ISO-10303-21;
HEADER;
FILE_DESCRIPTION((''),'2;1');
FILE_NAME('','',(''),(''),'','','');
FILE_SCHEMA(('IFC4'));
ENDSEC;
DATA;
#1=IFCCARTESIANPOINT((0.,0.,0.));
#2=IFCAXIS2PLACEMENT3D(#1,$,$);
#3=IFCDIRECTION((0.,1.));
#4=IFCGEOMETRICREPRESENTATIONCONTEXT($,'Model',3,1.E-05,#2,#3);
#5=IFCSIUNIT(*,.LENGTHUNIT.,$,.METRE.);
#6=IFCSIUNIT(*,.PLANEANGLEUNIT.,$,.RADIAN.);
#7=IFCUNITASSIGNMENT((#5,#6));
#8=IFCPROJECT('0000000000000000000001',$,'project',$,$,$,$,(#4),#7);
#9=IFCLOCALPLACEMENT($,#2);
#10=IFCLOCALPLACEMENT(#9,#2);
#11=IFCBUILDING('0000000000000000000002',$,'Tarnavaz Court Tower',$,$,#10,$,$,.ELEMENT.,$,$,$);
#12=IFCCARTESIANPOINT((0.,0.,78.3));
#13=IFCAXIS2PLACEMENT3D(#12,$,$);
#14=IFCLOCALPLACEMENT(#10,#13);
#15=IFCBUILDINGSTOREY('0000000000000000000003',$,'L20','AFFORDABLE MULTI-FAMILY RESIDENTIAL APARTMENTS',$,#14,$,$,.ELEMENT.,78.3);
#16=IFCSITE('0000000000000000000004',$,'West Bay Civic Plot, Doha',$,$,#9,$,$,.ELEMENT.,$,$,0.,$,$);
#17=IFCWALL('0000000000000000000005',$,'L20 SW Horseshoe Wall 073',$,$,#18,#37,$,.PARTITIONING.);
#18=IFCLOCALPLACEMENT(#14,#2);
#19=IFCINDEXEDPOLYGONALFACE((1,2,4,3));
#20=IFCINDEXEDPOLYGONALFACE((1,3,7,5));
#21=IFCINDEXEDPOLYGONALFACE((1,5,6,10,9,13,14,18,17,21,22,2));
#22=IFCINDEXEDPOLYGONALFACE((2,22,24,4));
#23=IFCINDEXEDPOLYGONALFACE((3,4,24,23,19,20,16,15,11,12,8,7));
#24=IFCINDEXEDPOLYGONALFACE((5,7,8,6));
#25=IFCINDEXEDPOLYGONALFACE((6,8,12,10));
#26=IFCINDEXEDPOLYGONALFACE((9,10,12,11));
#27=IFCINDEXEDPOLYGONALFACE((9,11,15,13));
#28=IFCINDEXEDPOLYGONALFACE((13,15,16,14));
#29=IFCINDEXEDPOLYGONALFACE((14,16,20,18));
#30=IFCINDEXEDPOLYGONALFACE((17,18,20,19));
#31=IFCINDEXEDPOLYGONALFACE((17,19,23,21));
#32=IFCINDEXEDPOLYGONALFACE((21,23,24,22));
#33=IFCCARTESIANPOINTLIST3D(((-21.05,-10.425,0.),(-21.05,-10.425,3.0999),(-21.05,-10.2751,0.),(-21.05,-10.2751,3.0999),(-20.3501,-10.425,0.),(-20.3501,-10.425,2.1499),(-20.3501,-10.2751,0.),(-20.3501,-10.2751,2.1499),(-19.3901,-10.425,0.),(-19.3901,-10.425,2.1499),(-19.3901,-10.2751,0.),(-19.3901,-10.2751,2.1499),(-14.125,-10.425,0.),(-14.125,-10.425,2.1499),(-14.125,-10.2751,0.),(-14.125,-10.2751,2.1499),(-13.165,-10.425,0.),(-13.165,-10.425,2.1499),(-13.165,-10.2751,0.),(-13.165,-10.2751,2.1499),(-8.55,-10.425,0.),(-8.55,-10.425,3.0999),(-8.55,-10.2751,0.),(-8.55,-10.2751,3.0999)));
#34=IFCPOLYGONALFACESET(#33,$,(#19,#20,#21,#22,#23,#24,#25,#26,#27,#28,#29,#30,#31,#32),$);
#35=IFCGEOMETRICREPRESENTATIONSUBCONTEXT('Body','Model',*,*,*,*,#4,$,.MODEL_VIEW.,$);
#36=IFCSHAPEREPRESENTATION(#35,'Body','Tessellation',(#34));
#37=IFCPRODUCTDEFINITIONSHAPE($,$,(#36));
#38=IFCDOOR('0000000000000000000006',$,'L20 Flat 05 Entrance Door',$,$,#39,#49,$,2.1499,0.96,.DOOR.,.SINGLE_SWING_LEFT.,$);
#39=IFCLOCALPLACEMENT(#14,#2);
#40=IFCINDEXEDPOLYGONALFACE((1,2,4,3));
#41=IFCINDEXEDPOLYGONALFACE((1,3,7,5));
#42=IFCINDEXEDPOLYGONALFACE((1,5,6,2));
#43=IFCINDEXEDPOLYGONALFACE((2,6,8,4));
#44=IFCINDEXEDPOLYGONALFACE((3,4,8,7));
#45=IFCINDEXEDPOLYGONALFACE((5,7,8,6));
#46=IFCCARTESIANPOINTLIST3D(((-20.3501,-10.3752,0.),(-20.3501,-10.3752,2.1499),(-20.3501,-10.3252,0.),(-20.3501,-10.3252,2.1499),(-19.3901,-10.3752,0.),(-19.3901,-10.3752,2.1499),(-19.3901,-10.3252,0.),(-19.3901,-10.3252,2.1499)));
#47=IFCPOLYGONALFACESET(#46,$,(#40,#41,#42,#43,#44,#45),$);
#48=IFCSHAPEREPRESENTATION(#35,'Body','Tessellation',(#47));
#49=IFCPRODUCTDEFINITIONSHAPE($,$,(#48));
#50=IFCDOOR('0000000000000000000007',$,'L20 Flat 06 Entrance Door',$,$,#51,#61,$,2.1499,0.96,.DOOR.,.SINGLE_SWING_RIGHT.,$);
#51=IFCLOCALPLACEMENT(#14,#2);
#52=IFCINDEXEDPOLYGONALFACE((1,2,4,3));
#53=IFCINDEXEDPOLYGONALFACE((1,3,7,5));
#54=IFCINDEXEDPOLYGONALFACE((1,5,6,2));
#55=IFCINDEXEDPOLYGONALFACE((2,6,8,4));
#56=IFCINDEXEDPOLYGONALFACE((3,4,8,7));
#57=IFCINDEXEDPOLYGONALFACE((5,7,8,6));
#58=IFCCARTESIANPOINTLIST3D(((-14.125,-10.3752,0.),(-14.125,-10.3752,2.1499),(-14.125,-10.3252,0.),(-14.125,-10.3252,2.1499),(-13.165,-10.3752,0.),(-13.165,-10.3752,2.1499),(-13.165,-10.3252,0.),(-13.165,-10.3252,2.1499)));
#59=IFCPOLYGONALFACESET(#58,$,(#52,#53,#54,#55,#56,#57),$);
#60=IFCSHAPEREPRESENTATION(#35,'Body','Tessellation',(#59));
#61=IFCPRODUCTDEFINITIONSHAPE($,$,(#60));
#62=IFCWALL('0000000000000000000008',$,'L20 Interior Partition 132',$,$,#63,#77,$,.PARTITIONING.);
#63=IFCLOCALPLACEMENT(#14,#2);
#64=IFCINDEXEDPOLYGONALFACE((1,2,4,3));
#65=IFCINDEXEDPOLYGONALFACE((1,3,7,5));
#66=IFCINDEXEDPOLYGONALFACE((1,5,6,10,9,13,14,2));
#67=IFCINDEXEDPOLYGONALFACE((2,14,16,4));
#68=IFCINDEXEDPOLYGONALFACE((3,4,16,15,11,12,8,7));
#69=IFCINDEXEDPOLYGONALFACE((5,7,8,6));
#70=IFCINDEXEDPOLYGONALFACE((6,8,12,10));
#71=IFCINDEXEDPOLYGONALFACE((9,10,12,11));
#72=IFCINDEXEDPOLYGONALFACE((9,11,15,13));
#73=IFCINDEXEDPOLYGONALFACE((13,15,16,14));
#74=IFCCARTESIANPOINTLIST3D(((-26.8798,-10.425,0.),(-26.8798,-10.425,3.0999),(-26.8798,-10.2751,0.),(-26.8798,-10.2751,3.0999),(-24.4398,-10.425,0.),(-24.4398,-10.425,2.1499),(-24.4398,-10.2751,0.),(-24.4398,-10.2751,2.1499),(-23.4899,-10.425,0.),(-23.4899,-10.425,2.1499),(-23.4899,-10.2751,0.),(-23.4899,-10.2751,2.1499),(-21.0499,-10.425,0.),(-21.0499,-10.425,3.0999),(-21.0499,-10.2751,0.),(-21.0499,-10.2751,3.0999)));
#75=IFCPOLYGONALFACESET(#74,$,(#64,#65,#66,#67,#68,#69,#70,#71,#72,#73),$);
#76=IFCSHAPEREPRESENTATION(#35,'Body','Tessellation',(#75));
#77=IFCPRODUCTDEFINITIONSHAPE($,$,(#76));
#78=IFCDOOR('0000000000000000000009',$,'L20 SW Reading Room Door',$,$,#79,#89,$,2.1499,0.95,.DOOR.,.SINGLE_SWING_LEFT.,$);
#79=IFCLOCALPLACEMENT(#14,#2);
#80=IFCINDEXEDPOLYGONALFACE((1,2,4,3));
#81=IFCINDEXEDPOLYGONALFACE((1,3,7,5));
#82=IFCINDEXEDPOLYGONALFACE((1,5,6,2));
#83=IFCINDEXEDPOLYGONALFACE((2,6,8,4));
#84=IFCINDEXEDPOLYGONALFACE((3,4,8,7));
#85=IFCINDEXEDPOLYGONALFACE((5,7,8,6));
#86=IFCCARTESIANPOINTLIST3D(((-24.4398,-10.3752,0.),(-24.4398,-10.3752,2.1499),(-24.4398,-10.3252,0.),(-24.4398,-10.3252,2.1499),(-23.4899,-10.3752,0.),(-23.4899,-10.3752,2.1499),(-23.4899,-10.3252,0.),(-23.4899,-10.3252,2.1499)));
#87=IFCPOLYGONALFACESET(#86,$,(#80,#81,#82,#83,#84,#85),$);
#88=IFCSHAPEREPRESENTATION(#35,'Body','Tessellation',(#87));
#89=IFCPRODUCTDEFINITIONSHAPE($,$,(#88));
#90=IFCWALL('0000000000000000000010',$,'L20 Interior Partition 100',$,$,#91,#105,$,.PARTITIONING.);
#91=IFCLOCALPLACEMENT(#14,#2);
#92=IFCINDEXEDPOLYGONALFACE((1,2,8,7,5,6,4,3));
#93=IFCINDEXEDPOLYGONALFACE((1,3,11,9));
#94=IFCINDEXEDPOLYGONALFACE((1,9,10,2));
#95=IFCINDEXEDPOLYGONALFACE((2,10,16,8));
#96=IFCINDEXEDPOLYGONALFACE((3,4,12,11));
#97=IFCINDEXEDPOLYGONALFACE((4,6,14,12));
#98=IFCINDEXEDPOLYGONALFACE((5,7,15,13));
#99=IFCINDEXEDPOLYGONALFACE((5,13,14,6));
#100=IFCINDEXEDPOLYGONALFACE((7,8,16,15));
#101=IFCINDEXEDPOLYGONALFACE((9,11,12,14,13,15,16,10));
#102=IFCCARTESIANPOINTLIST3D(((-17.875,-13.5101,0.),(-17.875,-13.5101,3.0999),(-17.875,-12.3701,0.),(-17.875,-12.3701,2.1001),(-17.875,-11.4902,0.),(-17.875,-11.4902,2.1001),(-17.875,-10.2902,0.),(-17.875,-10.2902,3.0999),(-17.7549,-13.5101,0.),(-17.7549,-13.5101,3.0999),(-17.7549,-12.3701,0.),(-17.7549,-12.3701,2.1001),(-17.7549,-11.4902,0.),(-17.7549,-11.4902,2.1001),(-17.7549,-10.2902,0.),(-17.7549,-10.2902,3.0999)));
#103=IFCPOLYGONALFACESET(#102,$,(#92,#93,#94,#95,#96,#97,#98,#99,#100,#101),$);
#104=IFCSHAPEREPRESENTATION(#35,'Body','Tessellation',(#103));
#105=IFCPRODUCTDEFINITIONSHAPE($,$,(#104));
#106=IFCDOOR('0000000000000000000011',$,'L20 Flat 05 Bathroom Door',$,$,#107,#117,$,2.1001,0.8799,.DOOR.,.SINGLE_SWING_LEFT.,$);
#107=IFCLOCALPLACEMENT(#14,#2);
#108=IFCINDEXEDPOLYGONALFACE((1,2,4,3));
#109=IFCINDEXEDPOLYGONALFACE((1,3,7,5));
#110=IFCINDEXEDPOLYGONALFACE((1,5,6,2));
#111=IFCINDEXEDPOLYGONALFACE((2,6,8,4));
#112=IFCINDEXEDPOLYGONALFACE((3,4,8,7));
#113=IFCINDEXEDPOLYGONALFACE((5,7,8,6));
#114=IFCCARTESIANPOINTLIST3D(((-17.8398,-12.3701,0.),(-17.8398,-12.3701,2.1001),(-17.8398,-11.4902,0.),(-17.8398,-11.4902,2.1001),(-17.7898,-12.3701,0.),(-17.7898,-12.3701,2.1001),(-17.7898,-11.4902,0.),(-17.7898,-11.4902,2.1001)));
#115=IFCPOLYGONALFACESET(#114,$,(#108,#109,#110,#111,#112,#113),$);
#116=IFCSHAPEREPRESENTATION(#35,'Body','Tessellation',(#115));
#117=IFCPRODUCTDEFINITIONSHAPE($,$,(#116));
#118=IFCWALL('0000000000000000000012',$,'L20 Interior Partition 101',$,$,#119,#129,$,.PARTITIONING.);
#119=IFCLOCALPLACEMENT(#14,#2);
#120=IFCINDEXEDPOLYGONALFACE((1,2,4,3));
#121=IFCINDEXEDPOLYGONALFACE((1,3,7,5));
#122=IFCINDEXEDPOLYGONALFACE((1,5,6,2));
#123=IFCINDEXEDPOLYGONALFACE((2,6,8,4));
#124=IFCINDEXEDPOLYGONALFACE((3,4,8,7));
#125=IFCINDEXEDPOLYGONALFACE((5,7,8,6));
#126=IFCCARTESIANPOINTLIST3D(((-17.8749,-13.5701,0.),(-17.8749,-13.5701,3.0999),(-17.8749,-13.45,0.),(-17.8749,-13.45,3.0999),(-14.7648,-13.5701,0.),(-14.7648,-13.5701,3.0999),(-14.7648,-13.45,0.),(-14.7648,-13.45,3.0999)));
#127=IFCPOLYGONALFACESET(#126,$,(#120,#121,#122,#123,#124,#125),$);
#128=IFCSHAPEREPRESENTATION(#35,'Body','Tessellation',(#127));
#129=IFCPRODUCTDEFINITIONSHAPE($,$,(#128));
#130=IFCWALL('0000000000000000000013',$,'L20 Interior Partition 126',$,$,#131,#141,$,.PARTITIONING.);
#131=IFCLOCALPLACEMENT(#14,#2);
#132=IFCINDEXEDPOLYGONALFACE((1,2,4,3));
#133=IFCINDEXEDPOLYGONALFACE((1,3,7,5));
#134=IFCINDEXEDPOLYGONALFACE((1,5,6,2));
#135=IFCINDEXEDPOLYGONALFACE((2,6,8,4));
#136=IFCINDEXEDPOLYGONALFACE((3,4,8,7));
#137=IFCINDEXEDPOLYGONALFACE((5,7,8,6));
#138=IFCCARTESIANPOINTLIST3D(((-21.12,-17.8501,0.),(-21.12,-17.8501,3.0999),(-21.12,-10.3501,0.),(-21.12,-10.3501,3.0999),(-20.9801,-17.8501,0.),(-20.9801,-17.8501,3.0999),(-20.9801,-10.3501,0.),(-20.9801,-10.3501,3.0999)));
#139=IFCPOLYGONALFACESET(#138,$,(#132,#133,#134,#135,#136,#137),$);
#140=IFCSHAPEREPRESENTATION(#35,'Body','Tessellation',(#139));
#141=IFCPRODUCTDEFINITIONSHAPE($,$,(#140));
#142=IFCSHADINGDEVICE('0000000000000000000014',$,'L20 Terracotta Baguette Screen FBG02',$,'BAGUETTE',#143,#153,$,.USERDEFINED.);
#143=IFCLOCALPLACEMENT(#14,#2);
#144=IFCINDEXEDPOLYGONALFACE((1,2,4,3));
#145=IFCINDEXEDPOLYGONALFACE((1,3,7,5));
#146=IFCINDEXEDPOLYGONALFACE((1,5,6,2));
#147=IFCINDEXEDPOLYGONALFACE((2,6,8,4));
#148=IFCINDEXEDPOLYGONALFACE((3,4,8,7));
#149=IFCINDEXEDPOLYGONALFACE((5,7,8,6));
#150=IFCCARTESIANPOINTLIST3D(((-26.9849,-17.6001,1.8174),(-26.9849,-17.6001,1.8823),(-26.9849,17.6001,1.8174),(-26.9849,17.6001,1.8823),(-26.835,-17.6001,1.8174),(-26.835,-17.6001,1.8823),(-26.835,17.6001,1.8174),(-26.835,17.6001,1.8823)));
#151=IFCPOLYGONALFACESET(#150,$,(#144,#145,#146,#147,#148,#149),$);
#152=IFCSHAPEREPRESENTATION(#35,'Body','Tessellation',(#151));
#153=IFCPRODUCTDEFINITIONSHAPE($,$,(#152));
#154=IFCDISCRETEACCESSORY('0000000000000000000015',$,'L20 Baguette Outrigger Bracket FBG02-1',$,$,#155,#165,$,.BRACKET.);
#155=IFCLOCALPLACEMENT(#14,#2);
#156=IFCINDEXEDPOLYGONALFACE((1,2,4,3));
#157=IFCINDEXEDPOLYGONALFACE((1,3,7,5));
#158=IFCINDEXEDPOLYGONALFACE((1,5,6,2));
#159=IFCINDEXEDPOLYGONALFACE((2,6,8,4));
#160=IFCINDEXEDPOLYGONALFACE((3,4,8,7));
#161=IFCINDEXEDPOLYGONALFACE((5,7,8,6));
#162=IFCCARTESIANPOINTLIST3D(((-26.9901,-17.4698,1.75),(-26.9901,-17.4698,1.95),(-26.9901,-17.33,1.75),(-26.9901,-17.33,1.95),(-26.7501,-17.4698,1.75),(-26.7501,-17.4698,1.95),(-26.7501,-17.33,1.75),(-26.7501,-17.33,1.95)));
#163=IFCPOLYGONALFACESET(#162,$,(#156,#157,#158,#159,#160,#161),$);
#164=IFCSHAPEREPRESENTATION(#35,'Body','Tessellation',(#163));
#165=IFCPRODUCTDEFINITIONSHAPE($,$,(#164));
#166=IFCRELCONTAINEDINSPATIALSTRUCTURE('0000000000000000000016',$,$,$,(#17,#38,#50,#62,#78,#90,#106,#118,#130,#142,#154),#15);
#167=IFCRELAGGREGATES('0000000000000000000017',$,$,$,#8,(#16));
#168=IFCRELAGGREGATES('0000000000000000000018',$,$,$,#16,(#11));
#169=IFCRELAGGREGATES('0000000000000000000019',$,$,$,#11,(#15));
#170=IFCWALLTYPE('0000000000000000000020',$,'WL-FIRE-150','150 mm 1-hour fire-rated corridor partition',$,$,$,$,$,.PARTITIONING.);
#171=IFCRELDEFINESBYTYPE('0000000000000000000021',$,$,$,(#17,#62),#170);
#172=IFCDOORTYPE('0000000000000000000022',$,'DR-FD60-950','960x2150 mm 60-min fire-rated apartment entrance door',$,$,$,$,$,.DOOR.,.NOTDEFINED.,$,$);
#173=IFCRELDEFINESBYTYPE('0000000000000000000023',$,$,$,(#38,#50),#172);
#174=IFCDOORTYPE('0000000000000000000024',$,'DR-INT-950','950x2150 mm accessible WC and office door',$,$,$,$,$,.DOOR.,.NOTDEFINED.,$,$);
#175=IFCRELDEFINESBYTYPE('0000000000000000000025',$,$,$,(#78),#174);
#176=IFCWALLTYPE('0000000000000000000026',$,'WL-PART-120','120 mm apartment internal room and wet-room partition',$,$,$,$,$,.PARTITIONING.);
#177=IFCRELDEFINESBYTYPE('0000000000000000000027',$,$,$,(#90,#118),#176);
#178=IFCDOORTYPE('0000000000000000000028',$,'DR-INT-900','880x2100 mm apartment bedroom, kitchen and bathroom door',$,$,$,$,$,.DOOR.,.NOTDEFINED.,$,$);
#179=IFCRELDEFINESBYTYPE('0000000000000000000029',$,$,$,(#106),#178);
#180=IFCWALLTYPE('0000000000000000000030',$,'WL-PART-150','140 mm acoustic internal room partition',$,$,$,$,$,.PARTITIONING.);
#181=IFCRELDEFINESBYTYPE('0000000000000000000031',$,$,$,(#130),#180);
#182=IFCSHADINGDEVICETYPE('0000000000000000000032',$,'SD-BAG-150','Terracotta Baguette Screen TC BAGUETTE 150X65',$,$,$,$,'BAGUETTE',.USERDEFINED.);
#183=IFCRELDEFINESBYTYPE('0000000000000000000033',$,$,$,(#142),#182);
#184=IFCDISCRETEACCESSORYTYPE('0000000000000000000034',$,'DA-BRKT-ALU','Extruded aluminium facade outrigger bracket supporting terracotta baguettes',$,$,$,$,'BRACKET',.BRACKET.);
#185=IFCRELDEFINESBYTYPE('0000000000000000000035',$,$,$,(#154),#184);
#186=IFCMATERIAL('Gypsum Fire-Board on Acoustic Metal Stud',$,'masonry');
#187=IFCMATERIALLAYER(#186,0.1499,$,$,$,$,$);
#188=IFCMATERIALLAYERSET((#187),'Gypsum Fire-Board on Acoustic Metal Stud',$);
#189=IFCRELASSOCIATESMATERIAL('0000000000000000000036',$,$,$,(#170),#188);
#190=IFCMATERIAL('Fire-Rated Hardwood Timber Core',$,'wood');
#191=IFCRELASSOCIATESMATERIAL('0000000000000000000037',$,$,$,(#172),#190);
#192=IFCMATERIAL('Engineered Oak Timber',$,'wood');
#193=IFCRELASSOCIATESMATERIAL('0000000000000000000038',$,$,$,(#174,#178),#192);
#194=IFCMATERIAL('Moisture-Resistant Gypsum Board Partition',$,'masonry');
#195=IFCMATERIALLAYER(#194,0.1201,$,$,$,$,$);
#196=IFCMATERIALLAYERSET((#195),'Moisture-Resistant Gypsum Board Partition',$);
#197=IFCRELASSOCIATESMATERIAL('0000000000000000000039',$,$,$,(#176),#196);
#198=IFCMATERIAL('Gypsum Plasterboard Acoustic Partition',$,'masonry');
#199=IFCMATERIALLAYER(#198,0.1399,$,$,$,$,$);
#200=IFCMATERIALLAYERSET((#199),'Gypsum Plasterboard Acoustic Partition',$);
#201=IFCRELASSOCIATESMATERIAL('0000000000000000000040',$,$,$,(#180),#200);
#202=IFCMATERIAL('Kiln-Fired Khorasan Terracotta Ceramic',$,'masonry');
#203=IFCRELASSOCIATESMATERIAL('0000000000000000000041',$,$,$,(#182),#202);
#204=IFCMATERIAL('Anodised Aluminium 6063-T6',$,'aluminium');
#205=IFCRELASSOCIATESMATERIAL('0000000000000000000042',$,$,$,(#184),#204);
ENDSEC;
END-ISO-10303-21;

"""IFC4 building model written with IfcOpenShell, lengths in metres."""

from ifc_helpers import new_model, si_unit, direction, frame, frame_2d, origin, origin_2d, place, context, subcontext, project, spatial, rectangle, extrude, material, layer, layer_set, material_profile, profile_set, type_object, element, fill, save


model = new_model("IFC4")

# Units and contexts
model_context = context("Model", 3, precision=1e-05, world=origin(), true_north=direction((0.0, 1.0)))
body_context = subcontext(model_context, "Body", "Model", "MODEL_VIEW")
ifc_project = project(units=[si_unit("LENGTHUNIT", "METRE"), si_unit("PLANEANGLEUNIT", "RADIAN")], contexts=[model_context])

# Site, building, storey
site_placement = place(None, origin())
site = spatial("IfcSite", under=ifc_project, at=site_placement, Name="West Bay Civic Plot, Doha", CompositionType="ELEMENT", RefElevation=0.0)
building_placement = place(site_placement, origin())
building = spatial("IfcBuilding", under=site, at=building_placement, Name="Tarnavaz Court Tower", CompositionType="ELEMENT")
storey_placement = place(building_placement, frame((0.0, 0.0, 78.3)))
storey = spatial("IfcBuildingStorey", under=building, at=storey_placement, Name="L20", Description="AFFORDABLE MULTI-FAMILY RESIDENTIAL APARTMENTS", CompositionType="ELEMENT", Elevation=78.3)

# Wall, openings, doors
ifc_material_1 = material(Name="Gypsum Fire-Board on Acoustic Metal Stud", Category="masonry")
ifc_layer_1 = layer(ifc_material_1, 0.1499)
ifc_layer_set_1 = layer_set([ifc_layer_1], Name="Gypsum Fire-Board on Acoustic Metal Stud")
wall_type_1 = type_object("IfcWallType", Name="WL-FIRE-150", Description="150 mm 1-hour fire-rated corridor partition", PredefinedType="PARTITIONING", material=ifc_layer_set_1)
wall_1_placement = place(storey_placement, frame((-21.05, -10.3501, 0.0), z_axis=(0.0, 0.0, 1.0), x_axis=(1.0, 0.0, 0.0)))
wall_1 = element("IfcWall", 1, at=wall_1_placement, inside=storey, type_object=wall_type_1, Name="L20 SW Horseshoe Wall 073", PredefinedType="PARTITIONING", context=body_context, shape_type="SweptSolid", body=[
    extrude(rectangle(XDim=12.5, YDim=0.1499, at=frame_2d((6.25, 0.0))), origin(), (0.0, 0.0, 1.0), 3.0999),
])
opening_1_placement = place(wall_1_placement, frame((0.7, 0.0, 0.0)))
opening_1 = element("IfcOpeningElement", 2, at=opening_1_placement, cuts=wall_1, PredefinedType="OPENING", context=body_context, shape_type="SweptSolid", body=[
    extrude(rectangle(XDim=0.96, YDim=2.1499, at=frame_2d((0.48, 1.075))), frame((0.0, 0.085, 0.0), z_axis=(0.0, -1.0, 0.0), x_axis=(1.0, 0.0, 0.0)), (0.0, 0.0, 1.0), 0.1699),
])
opening_2_placement = place(wall_1_placement, frame((6.925, 0.0, 0.0)))
opening_2 = element("IfcOpeningElement", 3, at=opening_2_placement, cuts=wall_1, PredefinedType="OPENING", context=body_context, shape_type="SweptSolid", body=[
    extrude(rectangle(XDim=0.96, YDim=2.1499, at=frame_2d((0.48, 1.075))), frame((0.0, 0.085, 0.0), z_axis=(0.0, -1.0, 0.0), x_axis=(1.0, 0.0, 0.0)), (0.0, 0.0, 1.0), 0.1699),
])
ifc_material_2 = material(Name="Fire-Rated Hardwood Timber Core", Category="wood")
door_type_1 = type_object("IfcDoorType", Name="DR-FD60-950", Description="960x2150 mm 60-min fire-rated apartment entrance door", OperationType="NOTDEFINED", PredefinedType="DOOR", material=ifc_material_2)
door_1_placement = place(opening_1_placement, origin())
door_1 = element("IfcDoor", 4, at=door_1_placement, inside=storey, type_object=door_type_1, Name="L20 Flat 05 Entrance Door", OperationType="SINGLE_SWING_LEFT", OverallHeight=2.1499, OverallWidth=0.96, PredefinedType="DOOR", context=body_context, shape_type="SweptSolid", body=[
    extrude(rectangle(XDim=0.96, YDim=2.1499, at=frame_2d((0.48, 1.075))), frame((0.0, 0.0249, 0.0), z_axis=(0.0, -1.0, 0.0), x_axis=(1.0, 0.0, 0.0)), (0.0, 0.0, 1.0), 0.05),
])
fill(opening_1, door_1)
door_2_placement = place(opening_2_placement, origin())
door_2 = element("IfcDoor", 5, at=door_2_placement, inside=storey, type_object=door_type_1, Name="L20 Flat 06 Entrance Door", OperationType="SINGLE_SWING_RIGHT", OverallHeight=2.1499, OverallWidth=0.96, PredefinedType="DOOR", context=body_context, shape_type="SweptSolid", body=[
    extrude(rectangle(XDim=0.96, YDim=2.1499, at=frame_2d((0.48, 1.075))), frame((0.0, 0.0249, 0.0), z_axis=(0.0, -1.0, 0.0), x_axis=(1.0, 0.0, 0.0)), (0.0, 0.0, 1.0), 0.05),
])
fill(opening_2, door_2)

# Walls, openings, doors
wall_2_placement = place(storey_placement, frame((-26.8799, -10.3501, 0.0), z_axis=(0.0, 0.0, 1.0), x_axis=(1.0, 0.0, 0.0)))
wall_2 = element("IfcWall", 6, at=wall_2_placement, inside=storey, type_object=wall_type_1, Name="L20 Interior Partition 132", PredefinedType="PARTITIONING", context=body_context, shape_type="SweptSolid", body=[
    extrude(rectangle(XDim=5.8298, YDim=0.1499, at=frame_2d((2.915, 0.0))), origin(), (0.0, 0.0, 1.0), 3.0999),
])
opening_3_placement = place(wall_2_placement, frame((2.4399, 0.0, 0.0)))
opening_3 = element("IfcOpeningElement", 7, at=opening_3_placement, cuts=wall_2, PredefinedType="OPENING", context=body_context, shape_type="SweptSolid", body=[
    extrude(rectangle(XDim=0.95, YDim=2.1499, at=frame_2d((0.4751, 1.075))), frame((0.0, 0.085, 0.0), z_axis=(0.0, -1.0, 0.0), x_axis=(1.0, 0.0, 0.0)), (0.0, 0.0, 1.0), 0.1699),
])
ifc_material_3 = material(Name="Engineered Oak Timber", Category="wood")
door_type_2 = type_object("IfcDoorType", Name="DR-INT-950", Description="950x2150 mm accessible WC and office door", OperationType="NOTDEFINED", PredefinedType="DOOR", material=ifc_material_3)
door_3_placement = place(opening_3_placement, origin())
door_3 = element("IfcDoor", 8, at=door_3_placement, inside=storey, type_object=door_type_2, Name="L20 SW Reading Room Door", OperationType="SINGLE_SWING_LEFT", OverallHeight=2.1499, OverallWidth=0.95, PredefinedType="DOOR", context=body_context, shape_type="SweptSolid", body=[
    extrude(rectangle(XDim=0.95, YDim=2.1499, at=frame_2d((0.4751, 1.075))), frame((0.0, 0.0249, 0.0), z_axis=(0.0, -1.0, 0.0), x_axis=(1.0, 0.0, 0.0)), (0.0, 0.0, 1.0), 0.05),
])
fill(opening_3, door_3)
ifc_material_4 = material(Name="Moisture-Resistant Gypsum Board Partition", Category="masonry")
ifc_layer_2 = layer(ifc_material_4, 0.1201)
ifc_layer_set_2 = layer_set([ifc_layer_2], Name="Moisture-Resistant Gypsum Board Partition")
wall_type_2 = type_object("IfcWallType", Name="WL-PART-120", Description="120 mm apartment internal room and wet-room partition", PredefinedType="PARTITIONING", material=ifc_layer_set_2)
wall_3_placement = place(storey_placement, frame((-17.8149, -13.51, 0.0), z_axis=(0.0, 0.0, 1.0), x_axis=(0.0, 1.0, 0.0)))
wall_3 = element("IfcWall", 9, at=wall_3_placement, inside=storey, type_object=wall_type_2, Name="L20 Interior Partition 100", PredefinedType="PARTITIONING", context=body_context, shape_type="SweptSolid", body=[
    extrude(rectangle(XDim=3.22, YDim=0.1201, at=frame_2d((1.6099, 0.0))), origin(), (0.0, 0.0, 1.0), 3.0999),
])
opening_4_placement = place(wall_3_placement, frame((1.1399, 0.0, 0.0)))
opening_4 = element("IfcOpeningElement", 10, at=opening_4_placement, cuts=wall_3, PredefinedType="OPENING", context=body_context, shape_type="SweptSolid", body=[
    extrude(rectangle(XDim=0.8799, YDim=2.1001, at=frame_2d((0.4399, 1.05))), frame((0.0, 0.0701, 0.0), z_axis=(0.0, -1.0, 0.0), x_axis=(1.0, 0.0, 0.0)), (0.0, 0.0, 1.0), 0.1401),
])
door_type_3 = type_object("IfcDoorType", Name="DR-INT-900", Description="880x2100 mm apartment bedroom, kitchen and bathroom door", OperationType="NOTDEFINED", PredefinedType="DOOR", material=ifc_material_3)
door_4_placement = place(opening_4_placement, origin())
door_4 = element("IfcDoor", 11, at=door_4_placement, inside=storey, type_object=door_type_3, Name="L20 Flat 05 Bathroom Door", OperationType="SINGLE_SWING_LEFT", OverallHeight=2.1001, OverallWidth=0.8799, PredefinedType="DOOR", context=body_context, shape_type="SweptSolid", body=[
    extrude(rectangle(XDim=0.8799, YDim=2.1001, at=frame_2d((0.4399, 1.05))), frame((0.0, 0.0249, 0.0), z_axis=(0.0, -1.0, 0.0), x_axis=(1.0, 0.0, 0.0)), (0.0, 0.0, 1.0), 0.05),
])
fill(opening_4, door_4)

# Walls
wall_4_placement = place(storey_placement, frame((-17.875, -13.51, 0.0), z_axis=(0.0, 0.0, 1.0), x_axis=(1.0, 0.0, 0.0)))
element("IfcWall", 12, at=wall_4_placement, inside=storey, type_object=wall_type_2, Name="L20 Interior Partition 101", PredefinedType="PARTITIONING", context=body_context, shape_type="SweptSolid", body=[
    extrude(rectangle(XDim=3.1101, YDim=0.1201, at=frame_2d((1.5552, 0.0))), origin(), (0.0, 0.0, 1.0), 3.0999),
])
ifc_material_5 = material(Name="Gypsum Plasterboard Acoustic Partition", Category="masonry")
ifc_layer_3 = layer(ifc_material_5, 0.1399)
ifc_layer_set_3 = layer_set([ifc_layer_3], Name="Gypsum Plasterboard Acoustic Partition")
wall_type_3 = type_object("IfcWallType", Name="WL-PART-150", Description="140 mm acoustic internal room partition", PredefinedType="PARTITIONING", material=ifc_layer_set_3)
wall_5_placement = place(storey_placement, frame((-21.05, -17.8501, 0.0), z_axis=(0.0, 0.0, 1.0), x_axis=(0.0, 1.0, 0.0)))
element("IfcWall", 13, at=wall_5_placement, inside=storey, type_object=wall_type_3, Name="L20 Interior Partition 126", PredefinedType="PARTITIONING", context=body_context, shape_type="SweptSolid", body=[
    extrude(rectangle(XDim=7.5, YDim=0.1399, at=frame_2d((3.75, 0.0))), origin(), (0.0, 0.0, 1.0), 3.0999),
])

# Shading device
ifc_material_6 = material(Name="Kiln-Fired Khorasan Terracotta Ceramic", Category="masonry")
ifc_material_profile_1 = material_profile(ifc_material_6, rectangle(XDim=0.1499, YDim=0.0649, at=origin_2d()), Name="TC BAGUETTE 150X65")
ifc_profile_set_1 = profile_set([ifc_material_profile_1], Name="Kiln-Fired Khorasan Terracotta Ceramic")
shading_device_type = type_object("IfcShadingDeviceType", Name="SD-BAG-150", Description="Terracotta Baguette Screen TC BAGUETTE 150X65", ElementType="BAGUETTE", PredefinedType="USERDEFINED", material=ifc_profile_set_1)
shading_device_placement = place(storey_placement, frame((-26.9099, -17.6001, 1.8499), z_axis=(0.0, 1.0, 0.0), x_axis=(-1.0, 0.0, 0.0)))
element("IfcShadingDevice", 14, at=shading_device_placement, inside=storey, type_object=shading_device_type, Name="L20 Terracotta Baguette Screen FBG02", ObjectType="BAGUETTE", PredefinedType="USERDEFINED", context=body_context, shape_type="SweptSolid", body=[
    extrude(rectangle(XDim=0.1499, YDim=0.0649, at=origin_2d()), origin(), (0.0, 0.0, 1.0), 35.2002),
])

# Discrete accessory
ifc_material_7 = material(Name="Anodised Aluminium 6063-T6", Category="aluminium")
discrete_accessory_type = type_object("IfcDiscreteAccessoryType", Name="DA-BRKT-ALU", Description="Extruded aluminium facade outrigger bracket supporting terracotta baguettes", ElementType="BRACKET", PredefinedType="BRACKET", material=ifc_material_7)
discrete_accessory_placement = place(storey_placement, frame((-26.8701, -17.3999, 1.75), z_axis=(0.0, 0.0, 1.0), x_axis=(0.0, 1.0, 0.0)))
element("IfcDiscreteAccessory", 15, at=discrete_accessory_placement, inside=storey, type_object=discrete_accessory_type, Name="L20 Baguette Outrigger Bracket FBG02-1", PredefinedType="BRACKET", context=body_context, shape_type="SweptSolid", body=[
    extrude(rectangle(XDim=0.1399, YDim=0.24, at=origin_2d()), origin(), (0.0, 0.0, 1.0), 0.2),
])

save(model, "model.ifc")
